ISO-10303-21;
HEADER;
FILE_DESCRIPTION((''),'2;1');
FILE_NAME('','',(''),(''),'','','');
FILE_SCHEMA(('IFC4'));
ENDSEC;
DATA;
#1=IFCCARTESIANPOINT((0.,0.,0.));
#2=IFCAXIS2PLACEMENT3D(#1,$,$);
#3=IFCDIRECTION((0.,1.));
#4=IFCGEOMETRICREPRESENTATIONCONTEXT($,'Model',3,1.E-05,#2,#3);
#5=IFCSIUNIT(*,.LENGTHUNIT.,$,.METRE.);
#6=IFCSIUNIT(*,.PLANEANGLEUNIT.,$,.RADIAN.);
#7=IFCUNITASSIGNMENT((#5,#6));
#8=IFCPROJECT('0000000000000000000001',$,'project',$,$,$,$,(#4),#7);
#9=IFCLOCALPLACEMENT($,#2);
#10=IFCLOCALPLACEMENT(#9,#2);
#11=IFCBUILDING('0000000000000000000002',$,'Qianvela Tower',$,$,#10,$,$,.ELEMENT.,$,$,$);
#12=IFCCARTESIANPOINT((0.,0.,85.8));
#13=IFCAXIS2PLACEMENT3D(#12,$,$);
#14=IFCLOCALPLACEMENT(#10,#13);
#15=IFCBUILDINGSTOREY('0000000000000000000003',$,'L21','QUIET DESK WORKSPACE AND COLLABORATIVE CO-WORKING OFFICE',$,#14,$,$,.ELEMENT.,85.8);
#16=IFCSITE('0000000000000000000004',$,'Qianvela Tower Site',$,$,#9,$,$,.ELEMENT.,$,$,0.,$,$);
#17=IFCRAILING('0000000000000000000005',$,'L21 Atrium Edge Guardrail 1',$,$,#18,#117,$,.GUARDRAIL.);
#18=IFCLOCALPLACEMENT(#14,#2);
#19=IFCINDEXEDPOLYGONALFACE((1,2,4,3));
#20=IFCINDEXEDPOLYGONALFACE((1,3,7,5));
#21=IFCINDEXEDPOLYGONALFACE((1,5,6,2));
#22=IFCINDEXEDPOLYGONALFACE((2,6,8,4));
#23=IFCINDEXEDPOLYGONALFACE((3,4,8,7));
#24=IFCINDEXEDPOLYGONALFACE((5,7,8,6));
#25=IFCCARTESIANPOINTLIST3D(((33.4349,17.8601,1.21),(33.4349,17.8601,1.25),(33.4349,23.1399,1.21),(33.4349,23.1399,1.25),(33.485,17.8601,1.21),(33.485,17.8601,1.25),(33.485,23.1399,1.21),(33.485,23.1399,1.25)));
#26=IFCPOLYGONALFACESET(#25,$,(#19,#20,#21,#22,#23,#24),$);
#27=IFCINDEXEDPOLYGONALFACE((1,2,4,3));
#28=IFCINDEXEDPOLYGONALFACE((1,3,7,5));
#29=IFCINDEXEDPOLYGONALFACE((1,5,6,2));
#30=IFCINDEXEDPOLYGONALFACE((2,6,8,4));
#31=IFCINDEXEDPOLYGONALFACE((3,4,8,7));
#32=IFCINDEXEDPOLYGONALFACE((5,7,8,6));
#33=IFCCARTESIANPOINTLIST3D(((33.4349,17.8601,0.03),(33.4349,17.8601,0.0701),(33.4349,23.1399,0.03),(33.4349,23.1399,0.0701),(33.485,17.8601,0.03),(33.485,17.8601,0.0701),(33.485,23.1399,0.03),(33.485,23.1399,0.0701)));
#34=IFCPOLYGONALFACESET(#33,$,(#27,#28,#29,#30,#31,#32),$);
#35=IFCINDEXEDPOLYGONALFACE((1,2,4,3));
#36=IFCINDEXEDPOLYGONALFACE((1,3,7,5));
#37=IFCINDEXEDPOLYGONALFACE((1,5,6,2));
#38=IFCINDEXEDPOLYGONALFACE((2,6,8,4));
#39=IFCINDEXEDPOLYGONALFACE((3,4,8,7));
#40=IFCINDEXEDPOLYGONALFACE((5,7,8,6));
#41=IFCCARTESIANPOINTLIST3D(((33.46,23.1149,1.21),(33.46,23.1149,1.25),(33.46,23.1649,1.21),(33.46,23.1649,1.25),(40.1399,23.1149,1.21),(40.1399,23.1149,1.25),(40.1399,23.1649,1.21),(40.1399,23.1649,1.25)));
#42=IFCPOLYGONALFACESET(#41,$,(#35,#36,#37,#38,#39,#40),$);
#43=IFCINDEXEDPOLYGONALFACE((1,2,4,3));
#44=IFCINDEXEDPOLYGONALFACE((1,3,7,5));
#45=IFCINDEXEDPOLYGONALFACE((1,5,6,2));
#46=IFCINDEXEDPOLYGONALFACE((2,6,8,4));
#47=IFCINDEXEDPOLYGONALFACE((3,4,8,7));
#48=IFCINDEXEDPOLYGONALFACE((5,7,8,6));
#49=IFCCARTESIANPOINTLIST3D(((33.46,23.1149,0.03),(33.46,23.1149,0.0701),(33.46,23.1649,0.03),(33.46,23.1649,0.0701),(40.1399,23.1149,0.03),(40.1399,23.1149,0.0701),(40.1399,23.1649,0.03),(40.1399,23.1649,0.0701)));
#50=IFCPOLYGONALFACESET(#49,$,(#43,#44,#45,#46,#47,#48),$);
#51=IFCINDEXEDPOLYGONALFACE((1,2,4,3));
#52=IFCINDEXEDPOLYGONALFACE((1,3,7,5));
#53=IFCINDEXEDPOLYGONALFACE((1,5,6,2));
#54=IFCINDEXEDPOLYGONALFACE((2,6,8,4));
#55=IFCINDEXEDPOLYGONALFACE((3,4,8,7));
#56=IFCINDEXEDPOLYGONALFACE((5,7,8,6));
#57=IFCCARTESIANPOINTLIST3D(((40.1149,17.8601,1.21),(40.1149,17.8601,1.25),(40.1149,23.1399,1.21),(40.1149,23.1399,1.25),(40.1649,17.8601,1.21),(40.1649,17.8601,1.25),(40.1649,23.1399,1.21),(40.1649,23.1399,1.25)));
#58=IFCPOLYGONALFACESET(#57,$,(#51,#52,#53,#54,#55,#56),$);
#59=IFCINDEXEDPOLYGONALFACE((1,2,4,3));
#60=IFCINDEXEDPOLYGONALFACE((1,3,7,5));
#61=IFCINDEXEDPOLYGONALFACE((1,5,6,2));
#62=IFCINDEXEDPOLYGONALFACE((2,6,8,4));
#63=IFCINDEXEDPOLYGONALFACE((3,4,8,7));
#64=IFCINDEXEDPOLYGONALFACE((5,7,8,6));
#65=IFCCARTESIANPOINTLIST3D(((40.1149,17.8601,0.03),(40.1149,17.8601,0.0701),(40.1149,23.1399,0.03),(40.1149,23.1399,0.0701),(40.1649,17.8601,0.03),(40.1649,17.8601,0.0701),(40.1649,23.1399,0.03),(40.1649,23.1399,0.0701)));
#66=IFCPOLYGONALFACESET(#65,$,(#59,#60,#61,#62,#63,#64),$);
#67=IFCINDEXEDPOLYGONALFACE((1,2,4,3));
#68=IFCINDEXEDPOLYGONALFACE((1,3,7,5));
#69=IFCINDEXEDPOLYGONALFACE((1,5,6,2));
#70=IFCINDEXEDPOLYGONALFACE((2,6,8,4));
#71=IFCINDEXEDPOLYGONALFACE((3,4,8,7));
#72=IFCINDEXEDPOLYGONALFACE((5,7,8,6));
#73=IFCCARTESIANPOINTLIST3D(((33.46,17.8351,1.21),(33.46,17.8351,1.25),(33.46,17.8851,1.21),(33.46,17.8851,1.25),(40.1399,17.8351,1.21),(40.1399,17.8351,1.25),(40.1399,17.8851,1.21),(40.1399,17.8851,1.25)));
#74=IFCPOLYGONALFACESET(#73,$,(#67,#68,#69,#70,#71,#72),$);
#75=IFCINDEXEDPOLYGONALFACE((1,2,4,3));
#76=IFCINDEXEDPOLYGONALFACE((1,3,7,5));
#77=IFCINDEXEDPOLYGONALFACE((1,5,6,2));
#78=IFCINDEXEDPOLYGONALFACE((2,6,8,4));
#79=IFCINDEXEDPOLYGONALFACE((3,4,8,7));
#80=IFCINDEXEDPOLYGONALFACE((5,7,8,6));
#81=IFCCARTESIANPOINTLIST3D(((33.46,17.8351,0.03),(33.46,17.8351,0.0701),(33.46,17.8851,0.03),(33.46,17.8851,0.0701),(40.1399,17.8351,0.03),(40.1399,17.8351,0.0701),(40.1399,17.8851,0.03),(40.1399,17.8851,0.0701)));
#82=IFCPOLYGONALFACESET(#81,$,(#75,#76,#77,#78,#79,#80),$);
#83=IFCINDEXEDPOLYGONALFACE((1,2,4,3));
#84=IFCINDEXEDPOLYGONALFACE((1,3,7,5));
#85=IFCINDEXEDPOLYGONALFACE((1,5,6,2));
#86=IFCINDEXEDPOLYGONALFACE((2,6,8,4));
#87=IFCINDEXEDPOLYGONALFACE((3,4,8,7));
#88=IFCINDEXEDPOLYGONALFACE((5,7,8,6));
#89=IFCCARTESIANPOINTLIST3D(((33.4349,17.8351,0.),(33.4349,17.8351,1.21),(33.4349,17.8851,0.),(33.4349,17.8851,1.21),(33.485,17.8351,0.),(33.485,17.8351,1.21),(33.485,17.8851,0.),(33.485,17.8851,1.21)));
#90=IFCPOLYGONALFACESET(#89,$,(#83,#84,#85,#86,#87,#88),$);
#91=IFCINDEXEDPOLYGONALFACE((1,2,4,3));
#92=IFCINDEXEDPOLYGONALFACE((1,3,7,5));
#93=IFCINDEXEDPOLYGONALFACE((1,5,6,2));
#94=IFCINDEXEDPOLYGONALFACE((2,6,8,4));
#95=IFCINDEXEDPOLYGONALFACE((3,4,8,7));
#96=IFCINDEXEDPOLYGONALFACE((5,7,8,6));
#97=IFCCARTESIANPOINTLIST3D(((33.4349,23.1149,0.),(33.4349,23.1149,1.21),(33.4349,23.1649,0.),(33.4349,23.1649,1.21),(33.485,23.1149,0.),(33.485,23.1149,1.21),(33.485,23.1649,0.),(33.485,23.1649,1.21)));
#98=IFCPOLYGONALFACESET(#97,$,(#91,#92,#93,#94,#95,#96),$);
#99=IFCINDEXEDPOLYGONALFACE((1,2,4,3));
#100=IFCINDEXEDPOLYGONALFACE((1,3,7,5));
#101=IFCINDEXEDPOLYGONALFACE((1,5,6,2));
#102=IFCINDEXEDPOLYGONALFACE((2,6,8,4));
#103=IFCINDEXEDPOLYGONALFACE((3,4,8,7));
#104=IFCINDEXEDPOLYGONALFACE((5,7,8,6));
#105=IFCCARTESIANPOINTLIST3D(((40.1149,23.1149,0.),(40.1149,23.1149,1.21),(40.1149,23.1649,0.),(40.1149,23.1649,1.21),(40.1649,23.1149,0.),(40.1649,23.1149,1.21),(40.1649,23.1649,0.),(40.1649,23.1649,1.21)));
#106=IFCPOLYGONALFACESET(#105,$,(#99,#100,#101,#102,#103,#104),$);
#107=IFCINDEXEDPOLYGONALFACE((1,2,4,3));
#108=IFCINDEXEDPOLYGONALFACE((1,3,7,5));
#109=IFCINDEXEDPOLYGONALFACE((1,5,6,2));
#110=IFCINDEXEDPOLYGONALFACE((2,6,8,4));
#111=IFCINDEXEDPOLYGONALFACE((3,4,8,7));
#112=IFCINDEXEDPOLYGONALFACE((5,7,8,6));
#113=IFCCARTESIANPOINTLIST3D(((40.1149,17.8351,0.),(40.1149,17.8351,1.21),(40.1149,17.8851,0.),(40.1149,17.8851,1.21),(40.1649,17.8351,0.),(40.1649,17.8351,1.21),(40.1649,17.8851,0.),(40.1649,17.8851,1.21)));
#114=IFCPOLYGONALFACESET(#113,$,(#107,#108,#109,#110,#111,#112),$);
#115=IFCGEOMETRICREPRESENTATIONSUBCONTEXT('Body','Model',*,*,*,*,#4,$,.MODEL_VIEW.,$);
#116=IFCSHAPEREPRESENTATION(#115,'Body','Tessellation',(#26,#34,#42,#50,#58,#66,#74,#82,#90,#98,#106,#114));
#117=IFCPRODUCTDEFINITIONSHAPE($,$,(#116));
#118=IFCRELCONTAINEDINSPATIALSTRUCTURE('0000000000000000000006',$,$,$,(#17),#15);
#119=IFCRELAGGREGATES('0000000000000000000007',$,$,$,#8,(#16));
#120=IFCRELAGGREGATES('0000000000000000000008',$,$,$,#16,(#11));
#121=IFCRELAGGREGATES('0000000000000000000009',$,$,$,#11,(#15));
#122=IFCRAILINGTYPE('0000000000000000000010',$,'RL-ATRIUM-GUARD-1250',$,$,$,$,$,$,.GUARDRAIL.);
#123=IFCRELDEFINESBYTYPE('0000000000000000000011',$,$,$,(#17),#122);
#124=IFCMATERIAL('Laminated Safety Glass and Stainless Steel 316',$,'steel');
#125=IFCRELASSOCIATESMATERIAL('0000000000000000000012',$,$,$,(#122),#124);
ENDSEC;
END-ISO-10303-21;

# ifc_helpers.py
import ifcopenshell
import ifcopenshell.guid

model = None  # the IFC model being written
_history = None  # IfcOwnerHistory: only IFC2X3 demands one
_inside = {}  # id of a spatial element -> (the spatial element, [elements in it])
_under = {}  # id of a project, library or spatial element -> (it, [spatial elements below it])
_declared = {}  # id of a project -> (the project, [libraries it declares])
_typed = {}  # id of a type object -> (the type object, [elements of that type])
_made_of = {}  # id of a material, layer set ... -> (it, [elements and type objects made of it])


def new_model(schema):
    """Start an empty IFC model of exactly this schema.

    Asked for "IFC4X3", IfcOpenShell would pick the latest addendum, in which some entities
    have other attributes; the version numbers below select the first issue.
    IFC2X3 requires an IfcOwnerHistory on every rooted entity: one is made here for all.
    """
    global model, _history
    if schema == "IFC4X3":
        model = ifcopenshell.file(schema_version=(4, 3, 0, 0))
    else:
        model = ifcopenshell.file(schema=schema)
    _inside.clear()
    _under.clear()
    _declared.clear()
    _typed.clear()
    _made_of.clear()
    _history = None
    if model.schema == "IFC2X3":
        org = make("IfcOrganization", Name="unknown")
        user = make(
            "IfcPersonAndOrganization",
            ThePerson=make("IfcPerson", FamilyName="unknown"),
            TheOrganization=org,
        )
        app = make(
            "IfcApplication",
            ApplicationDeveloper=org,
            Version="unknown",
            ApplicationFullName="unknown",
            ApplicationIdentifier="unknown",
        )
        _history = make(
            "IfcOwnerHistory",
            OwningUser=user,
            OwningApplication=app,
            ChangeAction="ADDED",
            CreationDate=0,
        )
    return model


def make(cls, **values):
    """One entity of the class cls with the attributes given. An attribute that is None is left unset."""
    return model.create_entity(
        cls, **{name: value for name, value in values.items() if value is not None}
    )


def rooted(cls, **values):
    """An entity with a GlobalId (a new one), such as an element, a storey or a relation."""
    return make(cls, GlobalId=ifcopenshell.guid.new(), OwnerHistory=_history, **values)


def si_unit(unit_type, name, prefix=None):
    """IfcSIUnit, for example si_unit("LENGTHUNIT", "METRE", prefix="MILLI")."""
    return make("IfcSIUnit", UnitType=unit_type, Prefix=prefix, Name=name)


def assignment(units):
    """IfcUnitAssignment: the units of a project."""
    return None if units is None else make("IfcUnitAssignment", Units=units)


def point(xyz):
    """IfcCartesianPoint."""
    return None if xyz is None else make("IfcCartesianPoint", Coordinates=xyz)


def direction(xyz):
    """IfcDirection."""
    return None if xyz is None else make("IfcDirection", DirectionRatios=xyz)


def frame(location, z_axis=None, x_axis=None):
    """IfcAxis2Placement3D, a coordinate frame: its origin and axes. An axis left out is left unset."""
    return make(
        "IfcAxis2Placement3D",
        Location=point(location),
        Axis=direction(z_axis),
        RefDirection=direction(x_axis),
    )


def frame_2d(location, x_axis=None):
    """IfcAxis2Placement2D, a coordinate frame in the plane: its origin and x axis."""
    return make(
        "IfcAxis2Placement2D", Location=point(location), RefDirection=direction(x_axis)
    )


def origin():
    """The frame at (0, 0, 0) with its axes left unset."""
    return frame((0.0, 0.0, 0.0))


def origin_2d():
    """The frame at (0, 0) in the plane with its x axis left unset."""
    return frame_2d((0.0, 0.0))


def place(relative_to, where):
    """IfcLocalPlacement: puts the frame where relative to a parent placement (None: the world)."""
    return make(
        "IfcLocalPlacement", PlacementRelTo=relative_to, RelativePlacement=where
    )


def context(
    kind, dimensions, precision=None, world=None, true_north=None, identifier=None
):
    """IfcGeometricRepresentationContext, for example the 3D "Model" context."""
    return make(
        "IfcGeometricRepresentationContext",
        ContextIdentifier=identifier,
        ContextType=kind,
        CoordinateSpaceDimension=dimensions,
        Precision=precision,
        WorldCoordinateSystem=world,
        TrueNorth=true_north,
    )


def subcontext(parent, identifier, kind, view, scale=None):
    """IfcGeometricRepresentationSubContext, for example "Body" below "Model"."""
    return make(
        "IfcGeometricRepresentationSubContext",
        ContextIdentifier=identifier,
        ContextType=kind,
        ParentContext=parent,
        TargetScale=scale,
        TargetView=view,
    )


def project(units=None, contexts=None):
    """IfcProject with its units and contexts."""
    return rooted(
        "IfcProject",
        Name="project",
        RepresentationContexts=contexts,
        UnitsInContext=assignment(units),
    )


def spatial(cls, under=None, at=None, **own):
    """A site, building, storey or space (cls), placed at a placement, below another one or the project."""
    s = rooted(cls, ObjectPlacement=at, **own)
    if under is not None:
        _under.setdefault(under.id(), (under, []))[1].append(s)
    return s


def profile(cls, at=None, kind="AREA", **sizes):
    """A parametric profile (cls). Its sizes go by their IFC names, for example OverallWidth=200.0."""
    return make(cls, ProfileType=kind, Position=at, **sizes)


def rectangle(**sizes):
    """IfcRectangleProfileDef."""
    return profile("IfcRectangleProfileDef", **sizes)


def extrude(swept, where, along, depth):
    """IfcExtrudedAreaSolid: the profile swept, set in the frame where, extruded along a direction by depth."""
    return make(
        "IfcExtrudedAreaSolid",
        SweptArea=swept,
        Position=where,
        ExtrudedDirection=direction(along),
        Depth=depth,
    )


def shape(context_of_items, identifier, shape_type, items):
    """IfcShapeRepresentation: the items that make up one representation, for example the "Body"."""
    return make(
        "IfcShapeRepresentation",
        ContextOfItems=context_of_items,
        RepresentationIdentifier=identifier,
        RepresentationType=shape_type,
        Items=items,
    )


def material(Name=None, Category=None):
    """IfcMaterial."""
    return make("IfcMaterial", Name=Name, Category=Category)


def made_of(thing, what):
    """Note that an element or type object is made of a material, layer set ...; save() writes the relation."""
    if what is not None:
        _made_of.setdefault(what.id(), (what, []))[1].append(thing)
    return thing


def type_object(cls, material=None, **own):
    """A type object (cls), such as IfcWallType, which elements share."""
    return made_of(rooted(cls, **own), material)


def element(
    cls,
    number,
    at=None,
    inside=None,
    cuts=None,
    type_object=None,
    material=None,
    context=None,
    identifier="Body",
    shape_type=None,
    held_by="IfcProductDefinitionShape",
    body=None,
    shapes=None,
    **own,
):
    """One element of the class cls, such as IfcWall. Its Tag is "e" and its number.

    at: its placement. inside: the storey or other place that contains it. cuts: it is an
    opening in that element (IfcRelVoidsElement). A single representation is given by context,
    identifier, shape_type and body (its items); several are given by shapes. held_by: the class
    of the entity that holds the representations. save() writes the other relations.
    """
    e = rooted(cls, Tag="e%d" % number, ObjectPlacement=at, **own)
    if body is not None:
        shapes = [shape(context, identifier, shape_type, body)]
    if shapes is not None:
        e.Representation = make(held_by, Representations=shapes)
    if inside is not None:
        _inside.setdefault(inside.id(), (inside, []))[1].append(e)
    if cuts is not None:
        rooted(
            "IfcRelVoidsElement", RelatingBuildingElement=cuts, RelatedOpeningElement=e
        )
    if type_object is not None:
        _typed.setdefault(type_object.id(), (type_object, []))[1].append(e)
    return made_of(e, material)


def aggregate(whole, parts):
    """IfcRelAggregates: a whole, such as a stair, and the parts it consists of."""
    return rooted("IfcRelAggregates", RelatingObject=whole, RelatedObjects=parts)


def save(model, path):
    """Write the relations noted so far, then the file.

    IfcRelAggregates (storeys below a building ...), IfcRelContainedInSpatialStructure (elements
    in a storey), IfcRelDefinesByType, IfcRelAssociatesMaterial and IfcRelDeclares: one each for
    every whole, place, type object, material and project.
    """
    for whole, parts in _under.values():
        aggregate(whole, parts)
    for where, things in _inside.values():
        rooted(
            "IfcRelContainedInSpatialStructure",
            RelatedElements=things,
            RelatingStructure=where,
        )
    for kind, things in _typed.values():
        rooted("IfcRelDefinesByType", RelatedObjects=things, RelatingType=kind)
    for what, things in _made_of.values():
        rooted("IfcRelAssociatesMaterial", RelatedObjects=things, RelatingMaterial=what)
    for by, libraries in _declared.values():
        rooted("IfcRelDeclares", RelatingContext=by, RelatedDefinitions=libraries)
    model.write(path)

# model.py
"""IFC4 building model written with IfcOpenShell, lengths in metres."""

from ifc_helpers import new_model, si_unit, direction, frame, origin, origin_2d, place, context, subcontext, project, spatial, rectangle, extrude, material, type_object, element, save


model = new_model("IFC4")

# Units and contexts
model_context = context("Model", 3, precision=1e-05, world=origin(), true_north=direction((0.0, 1.0)))
body_context = subcontext(model_context, "Body", "Model", "MODEL_VIEW")
ifc_project = project(units=[si_unit("LENGTHUNIT", "METRE"), si_unit("PLANEANGLEUNIT", "RADIAN")], contexts=[model_context])

# Site, building, storey
site_placement = place(None, origin())
site = spatial("IfcSite", under=ifc_project, at=site_placement, Name="Qianvela Tower Site", CompositionType="ELEMENT", RefElevation=0.0)
building_placement = place(site_placement, origin())
building = spatial("IfcBuilding", under=site, at=building_placement, Name="Qianvela Tower", CompositionType="ELEMENT")
storey_placement = place(building_placement, frame((0.0, 0.0, 85.8)))
storey = spatial("IfcBuildingStorey", under=building, at=storey_placement, Name="L21", Description="QUIET DESK WORKSPACE AND COLLABORATIVE CO-WORKING OFFICE", CompositionType="ELEMENT", Elevation=85.8)

# Railing
ifc_material_1 = material(Name="Laminated Safety Glass and Stainless Steel 316", Category="steel")
railing_type = type_object("IfcRailingType", Name="RL-ATRIUM-GUARD-1250", PredefinedType="GUARDRAIL", material=ifc_material_1)
railing_placement = place(storey_placement, frame((33.46, 17.8601, 0.0)))
element("IfcRailing", 1, at=railing_placement, inside=storey, type_object=railing_type, Name="L21 Atrium Edge Guardrail 1", PredefinedType="GUARDRAIL", context=body_context, shape_type="SweptSolid", body=[
    extrude(rectangle(XDim=0.05, YDim=0.04, at=origin_2d()), frame((0.0, 0.0, 1.23), z_axis=(0.0, 1.0, 0.0), x_axis=(-1.0, 0.0, 0.0)), (0.0, 0.0, 1.0), 5.2798),
    extrude(rectangle(XDim=0.05, YDim=0.04, at=origin_2d()), frame((0.0, 0.0, 0.05), z_axis=(0.0, 1.0, 0.0), x_axis=(-1.0, 0.0, 0.0)), (0.0, 0.0, 1.0), 5.2798),
    extrude(rectangle(XDim=0.05, YDim=0.04, at=origin_2d()), frame((0.0, 5.2798, 1.23), z_axis=(1.0, 0.0, 0.0), x_axis=(0.0, 1.0, 0.0)), (0.0, 0.0, 1.0), 6.6799),
    extrude(rectangle(XDim=0.05, YDim=0.04, at=origin_2d()), frame((0.0, 5.2798, 0.05), z_axis=(1.0, 0.0, 0.0), x_axis=(0.0, 1.0, 0.0)), (0.0, 0.0, 1.0), 6.6799),
    extrude(rectangle(XDim=0.05, YDim=0.04, at=origin_2d()), frame((6.6799, 5.2798, 1.23), z_axis=(0.0, -1.0, 0.0), x_axis=(1.0, 0.0, 0.0)), (0.0, 0.0, 1.0), 5.2798),
    extrude(rectangle(XDim=0.05, YDim=0.04, at=origin_2d()), frame((6.6799, 5.2798, 0.05), z_axis=(0.0, -1.0, 0.0), x_axis=(1.0, 0.0, 0.0)), (0.0, 0.0, 1.0), 5.2798),
    extrude(rectangle(XDim=0.05, YDim=0.04, at=origin_2d()), frame((6.6799, 0.0, 1.23), z_axis=(-1.0, 0.0, 0.0), x_axis=(0.0, -1.0, 0.0)), (0.0, 0.0, 1.0), 6.6799),
    extrude(rectangle(XDim=0.05, YDim=0.04, at=origin_2d()), frame((6.6799, 0.0, 0.05), z_axis=(-1.0, 0.0, 0.0), x_axis=(0.0, -1.0, 0.0)), (0.0, 0.0, 1.0), 6.6799),
    extrude(rectangle(XDim=0.05, YDim=0.05, at=origin_2d()), origin(), (0.0, 0.0, 1.0), 1.21),
    extrude(rectangle(XDim=0.05, YDim=0.05, at=origin_2d()), frame((0.0, 5.2798, 0.0)), (0.0, 0.0, 1.0), 1.21),
    extrude(rectangle(XDim=0.05, YDim=0.05, at=origin_2d()), frame((6.6799, 5.2798, 0.0)), (0.0, 0.0, 1.0), 1.21),
    extrude(rectangle(XDim=0.05, YDim=0.05, at=origin_2d()), frame((6.6799, 0.0, 0.0)), (0.0, 0.0, 1.0), 1.21),
])

save(model, "model.ifc")
